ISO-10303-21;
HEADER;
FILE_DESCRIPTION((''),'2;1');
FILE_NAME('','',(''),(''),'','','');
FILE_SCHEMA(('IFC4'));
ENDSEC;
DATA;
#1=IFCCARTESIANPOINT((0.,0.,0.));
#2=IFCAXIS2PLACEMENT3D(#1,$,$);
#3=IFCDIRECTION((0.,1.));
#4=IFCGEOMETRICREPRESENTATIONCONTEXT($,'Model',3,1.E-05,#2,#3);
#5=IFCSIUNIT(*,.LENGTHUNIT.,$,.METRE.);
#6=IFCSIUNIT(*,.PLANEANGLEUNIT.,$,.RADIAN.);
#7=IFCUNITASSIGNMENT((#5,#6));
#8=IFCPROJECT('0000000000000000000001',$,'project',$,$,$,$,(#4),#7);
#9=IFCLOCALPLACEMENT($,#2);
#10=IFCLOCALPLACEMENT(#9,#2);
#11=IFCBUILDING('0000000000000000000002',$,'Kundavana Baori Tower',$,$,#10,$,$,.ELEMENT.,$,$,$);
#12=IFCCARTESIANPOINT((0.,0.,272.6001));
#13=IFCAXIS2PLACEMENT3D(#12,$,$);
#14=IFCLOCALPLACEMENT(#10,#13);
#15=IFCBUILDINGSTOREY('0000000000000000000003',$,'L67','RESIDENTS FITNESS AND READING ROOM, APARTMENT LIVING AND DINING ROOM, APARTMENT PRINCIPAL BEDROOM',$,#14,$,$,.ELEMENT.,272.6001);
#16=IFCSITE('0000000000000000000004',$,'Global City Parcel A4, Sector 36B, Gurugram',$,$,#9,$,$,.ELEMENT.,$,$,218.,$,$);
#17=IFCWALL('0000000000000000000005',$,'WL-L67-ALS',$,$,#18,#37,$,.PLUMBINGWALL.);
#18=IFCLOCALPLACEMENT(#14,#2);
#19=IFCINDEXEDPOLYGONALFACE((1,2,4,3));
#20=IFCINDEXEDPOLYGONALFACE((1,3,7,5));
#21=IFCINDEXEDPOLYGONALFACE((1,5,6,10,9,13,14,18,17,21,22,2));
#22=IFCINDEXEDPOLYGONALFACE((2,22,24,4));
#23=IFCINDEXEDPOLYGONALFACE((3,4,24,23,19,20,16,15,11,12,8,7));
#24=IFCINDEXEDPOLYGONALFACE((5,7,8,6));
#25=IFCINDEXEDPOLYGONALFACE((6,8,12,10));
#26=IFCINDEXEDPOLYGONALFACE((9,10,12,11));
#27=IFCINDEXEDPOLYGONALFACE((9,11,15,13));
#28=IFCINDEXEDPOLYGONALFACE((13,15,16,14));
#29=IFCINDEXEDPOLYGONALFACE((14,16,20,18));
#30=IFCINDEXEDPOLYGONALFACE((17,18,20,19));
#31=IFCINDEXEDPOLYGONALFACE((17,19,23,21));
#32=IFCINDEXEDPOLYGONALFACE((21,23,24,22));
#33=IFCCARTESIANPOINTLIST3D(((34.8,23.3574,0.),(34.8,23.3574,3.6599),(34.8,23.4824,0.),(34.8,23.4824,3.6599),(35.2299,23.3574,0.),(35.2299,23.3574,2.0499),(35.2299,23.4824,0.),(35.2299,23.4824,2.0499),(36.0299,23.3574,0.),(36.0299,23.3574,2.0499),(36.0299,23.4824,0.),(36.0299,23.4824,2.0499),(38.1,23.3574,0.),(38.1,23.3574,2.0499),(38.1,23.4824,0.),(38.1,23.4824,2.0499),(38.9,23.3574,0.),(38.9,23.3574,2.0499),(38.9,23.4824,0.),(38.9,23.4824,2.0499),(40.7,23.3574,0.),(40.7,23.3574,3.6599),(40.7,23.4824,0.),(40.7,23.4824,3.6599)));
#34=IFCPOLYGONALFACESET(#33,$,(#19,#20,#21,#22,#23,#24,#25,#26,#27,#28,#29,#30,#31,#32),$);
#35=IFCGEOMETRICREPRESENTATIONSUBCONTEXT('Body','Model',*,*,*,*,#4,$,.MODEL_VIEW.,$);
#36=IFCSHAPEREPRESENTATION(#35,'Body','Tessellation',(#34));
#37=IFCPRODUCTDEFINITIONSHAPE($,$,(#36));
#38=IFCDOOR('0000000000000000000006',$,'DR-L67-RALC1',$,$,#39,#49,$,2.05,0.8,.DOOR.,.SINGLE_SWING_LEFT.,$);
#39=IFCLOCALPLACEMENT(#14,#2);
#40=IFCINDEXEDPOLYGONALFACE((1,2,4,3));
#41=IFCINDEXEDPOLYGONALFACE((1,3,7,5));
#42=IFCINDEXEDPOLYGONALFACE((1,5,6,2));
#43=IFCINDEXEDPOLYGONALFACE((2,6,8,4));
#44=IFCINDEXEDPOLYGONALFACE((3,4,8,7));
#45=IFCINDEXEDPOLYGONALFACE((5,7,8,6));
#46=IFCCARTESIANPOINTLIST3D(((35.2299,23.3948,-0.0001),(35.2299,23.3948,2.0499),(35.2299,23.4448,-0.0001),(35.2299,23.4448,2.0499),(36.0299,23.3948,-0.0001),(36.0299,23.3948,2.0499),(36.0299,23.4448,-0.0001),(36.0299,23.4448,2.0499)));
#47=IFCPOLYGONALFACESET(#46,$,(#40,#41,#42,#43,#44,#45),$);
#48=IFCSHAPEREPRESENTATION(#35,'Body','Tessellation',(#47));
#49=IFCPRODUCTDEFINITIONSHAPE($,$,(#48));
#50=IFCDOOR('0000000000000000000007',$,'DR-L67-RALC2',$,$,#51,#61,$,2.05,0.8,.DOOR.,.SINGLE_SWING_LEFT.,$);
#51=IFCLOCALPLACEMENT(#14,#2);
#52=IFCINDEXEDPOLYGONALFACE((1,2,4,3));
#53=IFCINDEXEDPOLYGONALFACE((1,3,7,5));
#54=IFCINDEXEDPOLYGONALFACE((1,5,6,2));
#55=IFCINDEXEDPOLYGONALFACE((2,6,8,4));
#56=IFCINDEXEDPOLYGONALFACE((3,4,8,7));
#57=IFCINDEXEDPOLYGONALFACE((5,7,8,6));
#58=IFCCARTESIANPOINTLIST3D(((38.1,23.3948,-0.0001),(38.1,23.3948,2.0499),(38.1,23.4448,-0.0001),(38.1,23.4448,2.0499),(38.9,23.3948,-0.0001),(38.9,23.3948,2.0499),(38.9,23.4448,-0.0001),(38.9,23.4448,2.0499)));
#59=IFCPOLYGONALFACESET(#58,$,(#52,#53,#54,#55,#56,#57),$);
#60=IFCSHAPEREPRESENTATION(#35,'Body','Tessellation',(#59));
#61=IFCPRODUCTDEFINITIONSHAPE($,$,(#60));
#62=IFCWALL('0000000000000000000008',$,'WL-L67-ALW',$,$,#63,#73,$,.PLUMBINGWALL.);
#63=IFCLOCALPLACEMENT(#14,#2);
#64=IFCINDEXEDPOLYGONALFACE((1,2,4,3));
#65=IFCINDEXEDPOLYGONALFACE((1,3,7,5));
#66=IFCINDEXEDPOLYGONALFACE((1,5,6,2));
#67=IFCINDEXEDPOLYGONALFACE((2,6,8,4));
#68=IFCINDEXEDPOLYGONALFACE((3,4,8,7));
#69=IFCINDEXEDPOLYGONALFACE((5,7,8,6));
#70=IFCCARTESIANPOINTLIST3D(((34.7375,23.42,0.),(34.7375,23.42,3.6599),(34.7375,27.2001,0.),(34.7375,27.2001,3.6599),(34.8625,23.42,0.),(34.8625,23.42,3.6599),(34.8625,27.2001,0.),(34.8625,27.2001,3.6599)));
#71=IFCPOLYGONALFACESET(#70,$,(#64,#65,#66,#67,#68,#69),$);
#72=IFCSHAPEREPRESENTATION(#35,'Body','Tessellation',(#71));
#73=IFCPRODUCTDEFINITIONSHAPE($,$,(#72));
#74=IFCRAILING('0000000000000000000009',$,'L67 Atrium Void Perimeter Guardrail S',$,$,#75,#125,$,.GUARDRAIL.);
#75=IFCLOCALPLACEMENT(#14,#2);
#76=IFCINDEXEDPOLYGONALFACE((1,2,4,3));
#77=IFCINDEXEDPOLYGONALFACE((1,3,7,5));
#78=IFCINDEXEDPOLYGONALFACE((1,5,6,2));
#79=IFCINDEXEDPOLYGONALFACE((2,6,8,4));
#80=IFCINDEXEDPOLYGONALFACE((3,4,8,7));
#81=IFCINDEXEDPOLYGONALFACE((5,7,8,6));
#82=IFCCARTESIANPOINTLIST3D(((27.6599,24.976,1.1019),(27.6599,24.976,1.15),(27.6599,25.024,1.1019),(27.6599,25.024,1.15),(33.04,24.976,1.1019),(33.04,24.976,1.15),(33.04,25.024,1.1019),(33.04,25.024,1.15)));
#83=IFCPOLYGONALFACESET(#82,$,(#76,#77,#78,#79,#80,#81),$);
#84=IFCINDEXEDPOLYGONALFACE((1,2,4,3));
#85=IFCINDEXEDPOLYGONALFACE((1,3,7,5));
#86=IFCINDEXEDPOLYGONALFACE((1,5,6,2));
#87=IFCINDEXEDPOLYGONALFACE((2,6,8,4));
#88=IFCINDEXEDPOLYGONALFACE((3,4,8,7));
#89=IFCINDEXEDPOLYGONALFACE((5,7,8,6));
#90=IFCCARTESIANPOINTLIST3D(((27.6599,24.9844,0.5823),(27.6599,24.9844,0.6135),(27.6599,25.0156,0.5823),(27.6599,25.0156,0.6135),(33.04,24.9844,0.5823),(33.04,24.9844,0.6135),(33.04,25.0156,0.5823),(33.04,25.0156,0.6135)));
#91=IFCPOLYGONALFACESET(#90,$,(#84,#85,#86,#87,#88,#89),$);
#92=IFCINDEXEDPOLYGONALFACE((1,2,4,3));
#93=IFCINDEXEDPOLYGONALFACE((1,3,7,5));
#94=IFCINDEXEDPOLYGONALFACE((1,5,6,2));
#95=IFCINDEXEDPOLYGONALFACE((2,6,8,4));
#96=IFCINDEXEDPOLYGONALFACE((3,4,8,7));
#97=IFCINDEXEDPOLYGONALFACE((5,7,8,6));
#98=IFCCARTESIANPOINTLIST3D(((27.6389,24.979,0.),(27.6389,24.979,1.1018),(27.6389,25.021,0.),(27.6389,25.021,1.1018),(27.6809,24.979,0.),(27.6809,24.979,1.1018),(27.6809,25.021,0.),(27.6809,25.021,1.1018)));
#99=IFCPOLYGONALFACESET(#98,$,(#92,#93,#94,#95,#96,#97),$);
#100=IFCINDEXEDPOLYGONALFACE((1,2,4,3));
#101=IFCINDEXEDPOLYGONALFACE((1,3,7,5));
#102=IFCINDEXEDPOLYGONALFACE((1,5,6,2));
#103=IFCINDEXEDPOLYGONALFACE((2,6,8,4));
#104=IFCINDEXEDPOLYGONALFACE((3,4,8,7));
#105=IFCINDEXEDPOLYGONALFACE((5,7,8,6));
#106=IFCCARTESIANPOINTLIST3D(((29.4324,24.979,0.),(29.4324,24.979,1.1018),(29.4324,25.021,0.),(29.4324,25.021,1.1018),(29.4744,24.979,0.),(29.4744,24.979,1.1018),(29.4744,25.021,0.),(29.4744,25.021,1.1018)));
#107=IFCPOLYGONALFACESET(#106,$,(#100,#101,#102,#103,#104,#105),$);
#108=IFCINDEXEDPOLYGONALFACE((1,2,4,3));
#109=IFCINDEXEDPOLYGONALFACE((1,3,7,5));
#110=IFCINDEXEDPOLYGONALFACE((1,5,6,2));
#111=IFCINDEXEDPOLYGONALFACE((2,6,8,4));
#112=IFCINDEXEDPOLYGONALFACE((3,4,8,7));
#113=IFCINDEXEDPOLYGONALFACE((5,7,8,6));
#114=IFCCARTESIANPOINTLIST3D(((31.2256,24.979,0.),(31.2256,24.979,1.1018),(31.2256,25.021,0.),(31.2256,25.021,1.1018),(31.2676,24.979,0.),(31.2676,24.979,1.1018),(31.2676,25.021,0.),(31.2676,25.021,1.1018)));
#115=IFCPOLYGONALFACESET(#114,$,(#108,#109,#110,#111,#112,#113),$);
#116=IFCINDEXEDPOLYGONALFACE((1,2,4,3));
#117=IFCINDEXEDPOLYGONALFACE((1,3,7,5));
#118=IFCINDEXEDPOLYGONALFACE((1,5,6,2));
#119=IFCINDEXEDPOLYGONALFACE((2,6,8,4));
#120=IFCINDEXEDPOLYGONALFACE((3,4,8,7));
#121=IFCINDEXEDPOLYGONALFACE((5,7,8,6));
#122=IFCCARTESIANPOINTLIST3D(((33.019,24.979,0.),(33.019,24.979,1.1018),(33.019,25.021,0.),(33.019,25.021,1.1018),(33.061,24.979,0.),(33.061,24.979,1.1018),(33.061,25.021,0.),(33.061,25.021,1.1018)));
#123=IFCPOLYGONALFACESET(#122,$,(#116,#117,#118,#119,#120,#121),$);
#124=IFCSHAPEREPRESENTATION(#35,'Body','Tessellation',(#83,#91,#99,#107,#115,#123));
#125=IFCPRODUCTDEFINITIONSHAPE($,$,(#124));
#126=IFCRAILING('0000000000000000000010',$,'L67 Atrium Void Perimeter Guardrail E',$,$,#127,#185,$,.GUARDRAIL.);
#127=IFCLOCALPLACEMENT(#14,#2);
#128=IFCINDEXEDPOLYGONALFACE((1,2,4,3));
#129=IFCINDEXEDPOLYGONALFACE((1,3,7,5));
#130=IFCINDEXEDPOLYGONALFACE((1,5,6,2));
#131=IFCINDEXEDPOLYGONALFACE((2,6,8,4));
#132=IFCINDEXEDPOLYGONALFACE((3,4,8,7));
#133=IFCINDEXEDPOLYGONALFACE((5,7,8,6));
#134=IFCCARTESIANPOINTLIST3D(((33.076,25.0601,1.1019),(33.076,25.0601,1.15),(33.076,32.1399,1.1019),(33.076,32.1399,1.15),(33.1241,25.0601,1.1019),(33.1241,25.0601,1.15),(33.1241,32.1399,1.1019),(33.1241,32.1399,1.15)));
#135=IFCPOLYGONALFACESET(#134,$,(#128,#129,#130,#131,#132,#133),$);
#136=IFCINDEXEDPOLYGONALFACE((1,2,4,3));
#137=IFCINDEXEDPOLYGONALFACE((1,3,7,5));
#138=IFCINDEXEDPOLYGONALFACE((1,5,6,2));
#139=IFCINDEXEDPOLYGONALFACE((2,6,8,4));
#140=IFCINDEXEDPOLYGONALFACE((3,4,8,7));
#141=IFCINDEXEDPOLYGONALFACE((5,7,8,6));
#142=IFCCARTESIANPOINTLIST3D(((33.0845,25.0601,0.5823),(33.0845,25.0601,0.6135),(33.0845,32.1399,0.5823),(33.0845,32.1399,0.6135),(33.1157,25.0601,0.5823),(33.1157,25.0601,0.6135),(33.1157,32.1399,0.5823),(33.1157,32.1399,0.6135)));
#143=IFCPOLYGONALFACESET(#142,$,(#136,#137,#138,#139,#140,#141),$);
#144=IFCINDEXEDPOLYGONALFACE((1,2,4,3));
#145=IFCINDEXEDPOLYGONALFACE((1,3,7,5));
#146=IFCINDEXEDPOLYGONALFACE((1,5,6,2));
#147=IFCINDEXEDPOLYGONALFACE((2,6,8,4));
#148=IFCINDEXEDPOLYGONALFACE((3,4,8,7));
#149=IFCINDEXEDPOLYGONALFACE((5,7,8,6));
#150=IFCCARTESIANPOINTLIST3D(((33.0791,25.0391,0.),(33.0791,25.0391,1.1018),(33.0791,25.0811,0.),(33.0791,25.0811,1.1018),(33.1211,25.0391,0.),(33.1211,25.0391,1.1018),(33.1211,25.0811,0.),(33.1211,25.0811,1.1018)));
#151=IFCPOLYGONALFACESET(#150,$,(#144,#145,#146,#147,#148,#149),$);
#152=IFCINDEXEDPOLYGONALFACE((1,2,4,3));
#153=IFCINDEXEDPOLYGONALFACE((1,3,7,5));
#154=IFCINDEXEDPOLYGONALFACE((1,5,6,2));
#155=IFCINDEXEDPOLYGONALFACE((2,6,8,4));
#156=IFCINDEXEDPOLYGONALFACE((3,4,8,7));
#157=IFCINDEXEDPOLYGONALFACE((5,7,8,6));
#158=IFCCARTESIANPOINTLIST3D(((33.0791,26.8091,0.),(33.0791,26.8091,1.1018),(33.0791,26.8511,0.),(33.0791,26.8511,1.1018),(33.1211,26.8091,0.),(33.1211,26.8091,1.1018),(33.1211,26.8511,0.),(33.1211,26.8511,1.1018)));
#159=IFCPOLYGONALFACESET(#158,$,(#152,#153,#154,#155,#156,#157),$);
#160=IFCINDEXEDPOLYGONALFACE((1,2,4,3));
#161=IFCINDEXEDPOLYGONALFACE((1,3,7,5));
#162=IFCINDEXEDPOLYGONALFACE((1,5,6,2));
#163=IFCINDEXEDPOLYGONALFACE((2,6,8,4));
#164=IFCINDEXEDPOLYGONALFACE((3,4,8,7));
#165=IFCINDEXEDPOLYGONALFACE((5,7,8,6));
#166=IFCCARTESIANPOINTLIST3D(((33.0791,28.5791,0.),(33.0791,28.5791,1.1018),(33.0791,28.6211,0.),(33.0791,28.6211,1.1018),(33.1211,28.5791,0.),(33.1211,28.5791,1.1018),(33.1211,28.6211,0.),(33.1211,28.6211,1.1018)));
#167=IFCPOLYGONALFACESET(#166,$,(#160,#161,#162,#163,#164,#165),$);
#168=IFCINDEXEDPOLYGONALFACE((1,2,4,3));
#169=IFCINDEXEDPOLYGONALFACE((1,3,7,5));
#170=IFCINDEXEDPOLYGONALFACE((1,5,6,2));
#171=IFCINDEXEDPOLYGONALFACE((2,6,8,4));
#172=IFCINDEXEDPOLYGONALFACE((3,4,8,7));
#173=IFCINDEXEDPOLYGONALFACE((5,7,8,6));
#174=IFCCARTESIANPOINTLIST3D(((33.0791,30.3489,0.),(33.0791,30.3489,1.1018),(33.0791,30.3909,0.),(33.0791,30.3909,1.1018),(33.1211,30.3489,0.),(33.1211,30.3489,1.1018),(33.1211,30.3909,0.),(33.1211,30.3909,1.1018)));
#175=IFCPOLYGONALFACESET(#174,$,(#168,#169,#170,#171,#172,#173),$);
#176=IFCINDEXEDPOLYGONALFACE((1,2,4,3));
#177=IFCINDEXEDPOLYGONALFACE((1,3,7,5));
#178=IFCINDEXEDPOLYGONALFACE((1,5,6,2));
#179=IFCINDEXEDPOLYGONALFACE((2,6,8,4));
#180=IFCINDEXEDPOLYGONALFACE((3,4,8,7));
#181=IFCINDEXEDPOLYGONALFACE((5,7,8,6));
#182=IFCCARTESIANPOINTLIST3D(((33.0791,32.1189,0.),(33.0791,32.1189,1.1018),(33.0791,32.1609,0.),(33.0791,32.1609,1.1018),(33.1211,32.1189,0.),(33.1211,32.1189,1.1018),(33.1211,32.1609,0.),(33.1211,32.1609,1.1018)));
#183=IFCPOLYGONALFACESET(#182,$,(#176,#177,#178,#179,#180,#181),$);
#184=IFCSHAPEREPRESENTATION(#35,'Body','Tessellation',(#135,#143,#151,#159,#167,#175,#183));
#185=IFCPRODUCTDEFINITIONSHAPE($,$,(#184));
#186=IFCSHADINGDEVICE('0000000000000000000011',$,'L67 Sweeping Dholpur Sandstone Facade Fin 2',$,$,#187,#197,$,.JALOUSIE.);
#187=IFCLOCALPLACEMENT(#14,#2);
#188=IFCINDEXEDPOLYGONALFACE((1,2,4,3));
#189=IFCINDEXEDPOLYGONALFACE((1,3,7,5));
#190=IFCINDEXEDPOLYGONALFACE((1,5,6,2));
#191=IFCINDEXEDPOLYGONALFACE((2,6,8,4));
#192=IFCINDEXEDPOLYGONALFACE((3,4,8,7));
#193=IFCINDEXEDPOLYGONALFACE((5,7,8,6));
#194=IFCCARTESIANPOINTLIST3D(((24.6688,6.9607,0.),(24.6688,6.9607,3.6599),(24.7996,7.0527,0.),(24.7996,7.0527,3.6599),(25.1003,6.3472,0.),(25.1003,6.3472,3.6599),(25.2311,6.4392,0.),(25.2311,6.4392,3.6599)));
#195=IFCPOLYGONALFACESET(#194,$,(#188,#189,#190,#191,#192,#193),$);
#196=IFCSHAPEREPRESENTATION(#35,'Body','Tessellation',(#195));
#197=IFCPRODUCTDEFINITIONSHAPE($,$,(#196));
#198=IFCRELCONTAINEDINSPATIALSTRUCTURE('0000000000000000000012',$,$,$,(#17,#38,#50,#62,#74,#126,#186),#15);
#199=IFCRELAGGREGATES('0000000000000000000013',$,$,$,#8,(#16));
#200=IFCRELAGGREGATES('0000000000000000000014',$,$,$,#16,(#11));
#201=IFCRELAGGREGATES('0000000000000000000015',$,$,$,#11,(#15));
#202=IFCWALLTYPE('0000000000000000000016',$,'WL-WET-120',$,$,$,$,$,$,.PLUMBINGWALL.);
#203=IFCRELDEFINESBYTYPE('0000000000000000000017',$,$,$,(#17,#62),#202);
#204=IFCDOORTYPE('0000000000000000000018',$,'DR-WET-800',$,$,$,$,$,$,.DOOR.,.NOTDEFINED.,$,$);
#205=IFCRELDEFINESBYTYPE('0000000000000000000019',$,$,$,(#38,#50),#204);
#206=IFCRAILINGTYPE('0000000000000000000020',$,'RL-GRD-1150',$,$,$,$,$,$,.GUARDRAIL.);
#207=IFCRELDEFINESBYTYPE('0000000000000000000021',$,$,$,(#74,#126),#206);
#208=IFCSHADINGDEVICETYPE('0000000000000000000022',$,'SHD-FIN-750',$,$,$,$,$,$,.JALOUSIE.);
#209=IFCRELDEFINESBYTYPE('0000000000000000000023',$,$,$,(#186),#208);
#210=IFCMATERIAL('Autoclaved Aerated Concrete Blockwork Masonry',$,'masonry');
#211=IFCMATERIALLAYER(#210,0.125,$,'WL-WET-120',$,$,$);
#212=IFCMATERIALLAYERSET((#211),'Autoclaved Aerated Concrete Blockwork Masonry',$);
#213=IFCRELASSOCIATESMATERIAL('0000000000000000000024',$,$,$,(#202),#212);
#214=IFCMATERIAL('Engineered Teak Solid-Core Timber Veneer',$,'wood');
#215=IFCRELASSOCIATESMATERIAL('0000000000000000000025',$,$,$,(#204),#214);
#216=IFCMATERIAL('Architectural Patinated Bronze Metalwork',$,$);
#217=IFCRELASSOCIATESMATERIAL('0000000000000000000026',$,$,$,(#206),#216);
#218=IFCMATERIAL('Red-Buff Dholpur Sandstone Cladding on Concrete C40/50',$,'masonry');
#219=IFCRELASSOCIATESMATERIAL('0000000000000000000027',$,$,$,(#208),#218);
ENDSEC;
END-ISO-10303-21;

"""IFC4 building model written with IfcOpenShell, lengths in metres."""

from ifc_helpers import new_model, si_unit, direction, frame, frame_2d, origin, origin_2d, place, context, subcontext, project, spatial, rectangle, extrude, material, layer, layer_set, type_object, element, fill, save


model = new_model("IFC4")

# Units and contexts
model_context = context("Model", 3, precision=1e-05, world=origin(), true_north=direction((0.0, 1.0)))
body_context = subcontext(model_context, "Body", "Model", "MODEL_VIEW")
ifc_project = project(units=[si_unit("LENGTHUNIT", "METRE"), si_unit("PLANEANGLEUNIT", "RADIAN")], contexts=[model_context])

# Site, building, storey
site_placement = place(None, origin())
site = spatial("IfcSite", under=ifc_project, at=site_placement, Name="Global City Parcel A4, Sector 36B, Gurugram", CompositionType="ELEMENT", RefElevation=218.0)
building_placement = place(site_placement, origin())
building = spatial("IfcBuilding", under=site, at=building_placement, Name="Kundavana Baori Tower", CompositionType="ELEMENT")
storey_placement = place(building_placement, frame((0.0, 0.0, 272.6001)))
storey = spatial("IfcBuildingStorey", under=building, at=storey_placement, Name="L67", Description="RESIDENTS FITNESS AND READING ROOM, APARTMENT LIVING AND DINING ROOM, APARTMENT PRINCIPAL BEDROOM", CompositionType="ELEMENT", Elevation=272.6001)

# Shared definitions
ifc_material_1 = material(Name="Autoclaved Aerated Concrete Blockwork Masonry", Category="masonry")
ifc_layer = layer(ifc_material_1, 0.125, Name="WL-WET-120")
ifc_layer_set = layer_set([ifc_layer], Name="Autoclaved Aerated Concrete Blockwork Masonry")
wall_type = type_object("IfcWallType", Name="WL-WET-120", PredefinedType="PLUMBINGWALL", material=ifc_layer_set)

# Wall, openings, doors
wall_1_placement = place(storey_placement, frame((34.8, 23.4199, 0.0), z_axis=(0.0, 0.0, 1.0), x_axis=(1.0, 0.0, 0.0)))
wall_1 = element("IfcWall", 1, at=wall_1_placement, inside=storey, type_object=wall_type, Name="WL-L67-ALS", PredefinedType="PLUMBINGWALL", context=body_context, shape_type="SweptSolid", body=[
    extrude(rectangle(XDim=5.8999, YDim=0.125, at=frame_2d((2.95, 0.0))), origin(), (0.0, 0.0, 1.0), 3.6599),
])
opening_1_placement = place(wall_1_placement, frame((0.4299, 0.0, 0.0)))
opening_1 = element("IfcOpeningElement", 2, at=opening_1_placement, cuts=wall_1, PredefinedType="OPENING", context=body_context, shape_type="SweptSolid", body=[
    extrude(rectangle(XDim=0.8, YDim=2.05, at=frame_2d((0.3999, 1.0249))), frame((0.0, 0.0725, 0.0), z_axis=(0.0, -1.0, 0.0), x_axis=(1.0, 0.0, 0.0)), (0.0, 0.0, 1.0), 0.145),
])
opening_2_placement = place(wall_1_placement, frame((3.3, 0.0, 0.0)))
opening_2 = element("IfcOpeningElement", 3, at=opening_2_placement, cuts=wall_1, PredefinedType="OPENING", context=body_context, shape_type="SweptSolid", body=[
    extrude(rectangle(XDim=0.8, YDim=2.05, at=frame_2d((0.3999, 1.0249))), frame((0.0, 0.0725, 0.0), z_axis=(0.0, -1.0, 0.0), x_axis=(1.0, 0.0, 0.0)), (0.0, 0.0, 1.0), 0.145),
])
ifc_material_2 = material(Name="Engineered Teak Solid-Core Timber Veneer", Category="wood")
door_type_1 = type_object("IfcDoorType", Name="DR-WET-800", OperationType="NOTDEFINED", PredefinedType="DOOR", material=ifc_material_2)
door_1_placement = place(opening_1_placement, origin())
door_1 = element("IfcDoor", 4, at=door_1_placement, inside=storey, type_object=door_type_1, Name="DR-L67-RALC1", OperationType="SINGLE_SWING_LEFT", OverallHeight=2.05, OverallWidth=0.8, PredefinedType="DOOR", context=body_context, shape_type="SweptSolid", body=[
    extrude(rectangle(XDim=0.8, YDim=2.05, at=frame_2d((0.3999, 1.0249))), frame((0.0, 0.0249, 0.0), z_axis=(0.0, -1.0, 0.0), x_axis=(1.0, 0.0, 0.0)), (0.0, 0.0, 1.0), 0.05),
])
fill(opening_1, door_1)
door_2_placement = place(opening_2_placement, origin())
door_2 = element("IfcDoor", 5, at=door_2_placement, inside=storey, type_object=door_type_1, Name="DR-L67-RALC2", OperationType="SINGLE_SWING_LEFT", OverallHeight=2.05, OverallWidth=0.8, PredefinedType="DOOR", context=body_context, shape_type="SweptSolid", body=[
    extrude(rectangle(XDim=0.8, YDim=2.05, at=frame_2d((0.3999, 1.0249))), frame((0.0, 0.0249, 0.0), z_axis=(0.0, -1.0, 0.0), x_axis=(1.0, 0.0, 0.0)), (0.0, 0.0, 1.0), 0.05),
])
fill(opening_2, door_2)

# Wall
wall_2_placement = place(storey_placement, frame((34.8, 23.4199, 0.0), z_axis=(0.0, 0.0, 1.0), x_axis=(0.0, 1.0, 0.0)))
element("IfcWall", 6, at=wall_2_placement, inside=storey, type_object=wall_type, Name="WL-L67-ALW", PredefinedType="PLUMBINGWALL", context=body_context, shape_type="SweptSolid", body=[
    extrude(rectangle(XDim=3.78, YDim=0.125, at=frame_2d((1.8901, 0.0))), origin(), (0.0, 0.0, 1.0), 3.6599),
])

# Railings
ifc_material_3 = material(Name="Architectural Patinated Bronze Metalwork")
railing_type = type_object("IfcRailingType", Name="RL-GRD-1150", PredefinedType="GUARDRAIL", material=ifc_material_3)
railing_1_placement = place(storey_placement, frame((27.6599, 25.0, 0.0)))
element("IfcRailing", 7, at=railing_1_placement, inside=storey, type_object=railing_type, Name="L67 Atrium Void Perimeter Guardrail S", PredefinedType="GUARDRAIL", context=body_context, shape_type="SweptSolid", body=[
    extrude(rectangle(XDim=0.0481, YDim=0.0481, at=origin_2d()), frame((0.0, 0.0, 1.126), z_axis=(1.0, 0.0, 0.0), x_axis=(0.0, 1.0, 0.0)), (0.0, 0.0, 1.0), 5.3801),
    extrude(rectangle(XDim=0.0312, YDim=0.0312, at=origin_2d()), frame((0.0, 0.0, 0.5979), z_axis=(1.0, 0.0, 0.0), x_axis=(0.0, 1.0, 0.0)), (0.0, 0.0, 1.0), 5.3801),
    extrude(rectangle(XDim=0.042, YDim=0.042, at=origin_2d()), origin(), (0.0, 0.0, 1.0), 1.1018),
    extrude(rectangle(XDim=0.042, YDim=0.042, at=origin_2d()), frame((1.7935, 0.0, 0.0)), (0.0, 0.0, 1.0), 1.1018),
    extrude(rectangle(XDim=0.042, YDim=0.042, at=origin_2d()), frame((3.5867, 0.0, 0.0)), (0.0, 0.0, 1.0), 1.1018),
    extrude(rectangle(XDim=0.042, YDim=0.042, at=origin_2d()), frame((5.3801, 0.0, 0.0)), (0.0, 0.0, 1.0), 1.1018),
])
railing_2_placement = place(storey_placement, frame((33.1001, 25.0601, 0.0)))
element("IfcRailing", 8, at=railing_2_placement, inside=storey, type_object=railing_type, Name="L67 Atrium Void Perimeter Guardrail E", PredefinedType="GUARDRAIL", context=body_context, shape_type="SweptSolid", body=[
    extrude(rectangle(XDim=0.0481, YDim=0.0481, at=origin_2d()), frame((0.0, 0.0, 1.126), z_axis=(0.0, 1.0, 0.0), x_axis=(-1.0, 0.0, 0.0)), (0.0, 0.0, 1.0), 7.0798),
    extrude(rectangle(XDim=0.0312, YDim=0.0312, at=origin_2d()), frame((0.0, 0.0, 0.5979), z_axis=(0.0, 1.0, 0.0), x_axis=(-1.0, 0.0, 0.0)), (0.0, 0.0, 1.0), 7.0798),
    extrude(rectangle(XDim=0.042, YDim=0.042, at=origin_2d()), origin(), (0.0, 0.0, 1.0), 1.1018),
    extrude(rectangle(XDim=0.042, YDim=0.042, at=origin_2d()), frame((0.0, 1.77, 0.0)), (0.0, 0.0, 1.0), 1.1018),
    extrude(rectangle(XDim=0.042, YDim=0.042, at=origin_2d()), frame((0.0, 3.54, 0.0)), (0.0, 0.0, 1.0), 1.1018),
    extrude(rectangle(XDim=0.042, YDim=0.042, at=origin_2d()), frame((0.0, 5.3098, 0.0)), (0.0, 0.0, 1.0), 1.1018),
    extrude(rectangle(XDim=0.042, YDim=0.042, at=origin_2d()), frame((0.0, 7.0798, 0.0)), (0.0, 0.0, 1.0), 1.1018),
])

# Shading device
ifc_material_4 = material(Name="Red-Buff Dholpur Sandstone Cladding on Concrete C40/50", Category="masonry")
shading_device_type_1 = type_object("IfcShadingDeviceType", Name="SHD-FIN-750", PredefinedType="JALOUSIE", material=ifc_material_4)
shading_device_1_placement = place(storey_placement, frame((24.95, 6.7, 0.0), z_axis=(0.0, 0.0, 1.0), x_axis=(0.817949, 0.575291, 0.0)))
element("IfcShadingDevice", 9, at=shading_device_1_placement, inside=storey, type_object=shading_device_type_1, Name="L67 Sweeping Dholpur Sandstone Facade Fin 2", PredefinedType="JALOUSIE", context=body_context, shape_type="SweptSolid", body=[
    extrude(rectangle(XDim=0.1599, YDim=0.75, at=origin_2d()), origin(), (0.0, 0.0, 1.0), 3.6599),
])

save(model, "model.ifc")
